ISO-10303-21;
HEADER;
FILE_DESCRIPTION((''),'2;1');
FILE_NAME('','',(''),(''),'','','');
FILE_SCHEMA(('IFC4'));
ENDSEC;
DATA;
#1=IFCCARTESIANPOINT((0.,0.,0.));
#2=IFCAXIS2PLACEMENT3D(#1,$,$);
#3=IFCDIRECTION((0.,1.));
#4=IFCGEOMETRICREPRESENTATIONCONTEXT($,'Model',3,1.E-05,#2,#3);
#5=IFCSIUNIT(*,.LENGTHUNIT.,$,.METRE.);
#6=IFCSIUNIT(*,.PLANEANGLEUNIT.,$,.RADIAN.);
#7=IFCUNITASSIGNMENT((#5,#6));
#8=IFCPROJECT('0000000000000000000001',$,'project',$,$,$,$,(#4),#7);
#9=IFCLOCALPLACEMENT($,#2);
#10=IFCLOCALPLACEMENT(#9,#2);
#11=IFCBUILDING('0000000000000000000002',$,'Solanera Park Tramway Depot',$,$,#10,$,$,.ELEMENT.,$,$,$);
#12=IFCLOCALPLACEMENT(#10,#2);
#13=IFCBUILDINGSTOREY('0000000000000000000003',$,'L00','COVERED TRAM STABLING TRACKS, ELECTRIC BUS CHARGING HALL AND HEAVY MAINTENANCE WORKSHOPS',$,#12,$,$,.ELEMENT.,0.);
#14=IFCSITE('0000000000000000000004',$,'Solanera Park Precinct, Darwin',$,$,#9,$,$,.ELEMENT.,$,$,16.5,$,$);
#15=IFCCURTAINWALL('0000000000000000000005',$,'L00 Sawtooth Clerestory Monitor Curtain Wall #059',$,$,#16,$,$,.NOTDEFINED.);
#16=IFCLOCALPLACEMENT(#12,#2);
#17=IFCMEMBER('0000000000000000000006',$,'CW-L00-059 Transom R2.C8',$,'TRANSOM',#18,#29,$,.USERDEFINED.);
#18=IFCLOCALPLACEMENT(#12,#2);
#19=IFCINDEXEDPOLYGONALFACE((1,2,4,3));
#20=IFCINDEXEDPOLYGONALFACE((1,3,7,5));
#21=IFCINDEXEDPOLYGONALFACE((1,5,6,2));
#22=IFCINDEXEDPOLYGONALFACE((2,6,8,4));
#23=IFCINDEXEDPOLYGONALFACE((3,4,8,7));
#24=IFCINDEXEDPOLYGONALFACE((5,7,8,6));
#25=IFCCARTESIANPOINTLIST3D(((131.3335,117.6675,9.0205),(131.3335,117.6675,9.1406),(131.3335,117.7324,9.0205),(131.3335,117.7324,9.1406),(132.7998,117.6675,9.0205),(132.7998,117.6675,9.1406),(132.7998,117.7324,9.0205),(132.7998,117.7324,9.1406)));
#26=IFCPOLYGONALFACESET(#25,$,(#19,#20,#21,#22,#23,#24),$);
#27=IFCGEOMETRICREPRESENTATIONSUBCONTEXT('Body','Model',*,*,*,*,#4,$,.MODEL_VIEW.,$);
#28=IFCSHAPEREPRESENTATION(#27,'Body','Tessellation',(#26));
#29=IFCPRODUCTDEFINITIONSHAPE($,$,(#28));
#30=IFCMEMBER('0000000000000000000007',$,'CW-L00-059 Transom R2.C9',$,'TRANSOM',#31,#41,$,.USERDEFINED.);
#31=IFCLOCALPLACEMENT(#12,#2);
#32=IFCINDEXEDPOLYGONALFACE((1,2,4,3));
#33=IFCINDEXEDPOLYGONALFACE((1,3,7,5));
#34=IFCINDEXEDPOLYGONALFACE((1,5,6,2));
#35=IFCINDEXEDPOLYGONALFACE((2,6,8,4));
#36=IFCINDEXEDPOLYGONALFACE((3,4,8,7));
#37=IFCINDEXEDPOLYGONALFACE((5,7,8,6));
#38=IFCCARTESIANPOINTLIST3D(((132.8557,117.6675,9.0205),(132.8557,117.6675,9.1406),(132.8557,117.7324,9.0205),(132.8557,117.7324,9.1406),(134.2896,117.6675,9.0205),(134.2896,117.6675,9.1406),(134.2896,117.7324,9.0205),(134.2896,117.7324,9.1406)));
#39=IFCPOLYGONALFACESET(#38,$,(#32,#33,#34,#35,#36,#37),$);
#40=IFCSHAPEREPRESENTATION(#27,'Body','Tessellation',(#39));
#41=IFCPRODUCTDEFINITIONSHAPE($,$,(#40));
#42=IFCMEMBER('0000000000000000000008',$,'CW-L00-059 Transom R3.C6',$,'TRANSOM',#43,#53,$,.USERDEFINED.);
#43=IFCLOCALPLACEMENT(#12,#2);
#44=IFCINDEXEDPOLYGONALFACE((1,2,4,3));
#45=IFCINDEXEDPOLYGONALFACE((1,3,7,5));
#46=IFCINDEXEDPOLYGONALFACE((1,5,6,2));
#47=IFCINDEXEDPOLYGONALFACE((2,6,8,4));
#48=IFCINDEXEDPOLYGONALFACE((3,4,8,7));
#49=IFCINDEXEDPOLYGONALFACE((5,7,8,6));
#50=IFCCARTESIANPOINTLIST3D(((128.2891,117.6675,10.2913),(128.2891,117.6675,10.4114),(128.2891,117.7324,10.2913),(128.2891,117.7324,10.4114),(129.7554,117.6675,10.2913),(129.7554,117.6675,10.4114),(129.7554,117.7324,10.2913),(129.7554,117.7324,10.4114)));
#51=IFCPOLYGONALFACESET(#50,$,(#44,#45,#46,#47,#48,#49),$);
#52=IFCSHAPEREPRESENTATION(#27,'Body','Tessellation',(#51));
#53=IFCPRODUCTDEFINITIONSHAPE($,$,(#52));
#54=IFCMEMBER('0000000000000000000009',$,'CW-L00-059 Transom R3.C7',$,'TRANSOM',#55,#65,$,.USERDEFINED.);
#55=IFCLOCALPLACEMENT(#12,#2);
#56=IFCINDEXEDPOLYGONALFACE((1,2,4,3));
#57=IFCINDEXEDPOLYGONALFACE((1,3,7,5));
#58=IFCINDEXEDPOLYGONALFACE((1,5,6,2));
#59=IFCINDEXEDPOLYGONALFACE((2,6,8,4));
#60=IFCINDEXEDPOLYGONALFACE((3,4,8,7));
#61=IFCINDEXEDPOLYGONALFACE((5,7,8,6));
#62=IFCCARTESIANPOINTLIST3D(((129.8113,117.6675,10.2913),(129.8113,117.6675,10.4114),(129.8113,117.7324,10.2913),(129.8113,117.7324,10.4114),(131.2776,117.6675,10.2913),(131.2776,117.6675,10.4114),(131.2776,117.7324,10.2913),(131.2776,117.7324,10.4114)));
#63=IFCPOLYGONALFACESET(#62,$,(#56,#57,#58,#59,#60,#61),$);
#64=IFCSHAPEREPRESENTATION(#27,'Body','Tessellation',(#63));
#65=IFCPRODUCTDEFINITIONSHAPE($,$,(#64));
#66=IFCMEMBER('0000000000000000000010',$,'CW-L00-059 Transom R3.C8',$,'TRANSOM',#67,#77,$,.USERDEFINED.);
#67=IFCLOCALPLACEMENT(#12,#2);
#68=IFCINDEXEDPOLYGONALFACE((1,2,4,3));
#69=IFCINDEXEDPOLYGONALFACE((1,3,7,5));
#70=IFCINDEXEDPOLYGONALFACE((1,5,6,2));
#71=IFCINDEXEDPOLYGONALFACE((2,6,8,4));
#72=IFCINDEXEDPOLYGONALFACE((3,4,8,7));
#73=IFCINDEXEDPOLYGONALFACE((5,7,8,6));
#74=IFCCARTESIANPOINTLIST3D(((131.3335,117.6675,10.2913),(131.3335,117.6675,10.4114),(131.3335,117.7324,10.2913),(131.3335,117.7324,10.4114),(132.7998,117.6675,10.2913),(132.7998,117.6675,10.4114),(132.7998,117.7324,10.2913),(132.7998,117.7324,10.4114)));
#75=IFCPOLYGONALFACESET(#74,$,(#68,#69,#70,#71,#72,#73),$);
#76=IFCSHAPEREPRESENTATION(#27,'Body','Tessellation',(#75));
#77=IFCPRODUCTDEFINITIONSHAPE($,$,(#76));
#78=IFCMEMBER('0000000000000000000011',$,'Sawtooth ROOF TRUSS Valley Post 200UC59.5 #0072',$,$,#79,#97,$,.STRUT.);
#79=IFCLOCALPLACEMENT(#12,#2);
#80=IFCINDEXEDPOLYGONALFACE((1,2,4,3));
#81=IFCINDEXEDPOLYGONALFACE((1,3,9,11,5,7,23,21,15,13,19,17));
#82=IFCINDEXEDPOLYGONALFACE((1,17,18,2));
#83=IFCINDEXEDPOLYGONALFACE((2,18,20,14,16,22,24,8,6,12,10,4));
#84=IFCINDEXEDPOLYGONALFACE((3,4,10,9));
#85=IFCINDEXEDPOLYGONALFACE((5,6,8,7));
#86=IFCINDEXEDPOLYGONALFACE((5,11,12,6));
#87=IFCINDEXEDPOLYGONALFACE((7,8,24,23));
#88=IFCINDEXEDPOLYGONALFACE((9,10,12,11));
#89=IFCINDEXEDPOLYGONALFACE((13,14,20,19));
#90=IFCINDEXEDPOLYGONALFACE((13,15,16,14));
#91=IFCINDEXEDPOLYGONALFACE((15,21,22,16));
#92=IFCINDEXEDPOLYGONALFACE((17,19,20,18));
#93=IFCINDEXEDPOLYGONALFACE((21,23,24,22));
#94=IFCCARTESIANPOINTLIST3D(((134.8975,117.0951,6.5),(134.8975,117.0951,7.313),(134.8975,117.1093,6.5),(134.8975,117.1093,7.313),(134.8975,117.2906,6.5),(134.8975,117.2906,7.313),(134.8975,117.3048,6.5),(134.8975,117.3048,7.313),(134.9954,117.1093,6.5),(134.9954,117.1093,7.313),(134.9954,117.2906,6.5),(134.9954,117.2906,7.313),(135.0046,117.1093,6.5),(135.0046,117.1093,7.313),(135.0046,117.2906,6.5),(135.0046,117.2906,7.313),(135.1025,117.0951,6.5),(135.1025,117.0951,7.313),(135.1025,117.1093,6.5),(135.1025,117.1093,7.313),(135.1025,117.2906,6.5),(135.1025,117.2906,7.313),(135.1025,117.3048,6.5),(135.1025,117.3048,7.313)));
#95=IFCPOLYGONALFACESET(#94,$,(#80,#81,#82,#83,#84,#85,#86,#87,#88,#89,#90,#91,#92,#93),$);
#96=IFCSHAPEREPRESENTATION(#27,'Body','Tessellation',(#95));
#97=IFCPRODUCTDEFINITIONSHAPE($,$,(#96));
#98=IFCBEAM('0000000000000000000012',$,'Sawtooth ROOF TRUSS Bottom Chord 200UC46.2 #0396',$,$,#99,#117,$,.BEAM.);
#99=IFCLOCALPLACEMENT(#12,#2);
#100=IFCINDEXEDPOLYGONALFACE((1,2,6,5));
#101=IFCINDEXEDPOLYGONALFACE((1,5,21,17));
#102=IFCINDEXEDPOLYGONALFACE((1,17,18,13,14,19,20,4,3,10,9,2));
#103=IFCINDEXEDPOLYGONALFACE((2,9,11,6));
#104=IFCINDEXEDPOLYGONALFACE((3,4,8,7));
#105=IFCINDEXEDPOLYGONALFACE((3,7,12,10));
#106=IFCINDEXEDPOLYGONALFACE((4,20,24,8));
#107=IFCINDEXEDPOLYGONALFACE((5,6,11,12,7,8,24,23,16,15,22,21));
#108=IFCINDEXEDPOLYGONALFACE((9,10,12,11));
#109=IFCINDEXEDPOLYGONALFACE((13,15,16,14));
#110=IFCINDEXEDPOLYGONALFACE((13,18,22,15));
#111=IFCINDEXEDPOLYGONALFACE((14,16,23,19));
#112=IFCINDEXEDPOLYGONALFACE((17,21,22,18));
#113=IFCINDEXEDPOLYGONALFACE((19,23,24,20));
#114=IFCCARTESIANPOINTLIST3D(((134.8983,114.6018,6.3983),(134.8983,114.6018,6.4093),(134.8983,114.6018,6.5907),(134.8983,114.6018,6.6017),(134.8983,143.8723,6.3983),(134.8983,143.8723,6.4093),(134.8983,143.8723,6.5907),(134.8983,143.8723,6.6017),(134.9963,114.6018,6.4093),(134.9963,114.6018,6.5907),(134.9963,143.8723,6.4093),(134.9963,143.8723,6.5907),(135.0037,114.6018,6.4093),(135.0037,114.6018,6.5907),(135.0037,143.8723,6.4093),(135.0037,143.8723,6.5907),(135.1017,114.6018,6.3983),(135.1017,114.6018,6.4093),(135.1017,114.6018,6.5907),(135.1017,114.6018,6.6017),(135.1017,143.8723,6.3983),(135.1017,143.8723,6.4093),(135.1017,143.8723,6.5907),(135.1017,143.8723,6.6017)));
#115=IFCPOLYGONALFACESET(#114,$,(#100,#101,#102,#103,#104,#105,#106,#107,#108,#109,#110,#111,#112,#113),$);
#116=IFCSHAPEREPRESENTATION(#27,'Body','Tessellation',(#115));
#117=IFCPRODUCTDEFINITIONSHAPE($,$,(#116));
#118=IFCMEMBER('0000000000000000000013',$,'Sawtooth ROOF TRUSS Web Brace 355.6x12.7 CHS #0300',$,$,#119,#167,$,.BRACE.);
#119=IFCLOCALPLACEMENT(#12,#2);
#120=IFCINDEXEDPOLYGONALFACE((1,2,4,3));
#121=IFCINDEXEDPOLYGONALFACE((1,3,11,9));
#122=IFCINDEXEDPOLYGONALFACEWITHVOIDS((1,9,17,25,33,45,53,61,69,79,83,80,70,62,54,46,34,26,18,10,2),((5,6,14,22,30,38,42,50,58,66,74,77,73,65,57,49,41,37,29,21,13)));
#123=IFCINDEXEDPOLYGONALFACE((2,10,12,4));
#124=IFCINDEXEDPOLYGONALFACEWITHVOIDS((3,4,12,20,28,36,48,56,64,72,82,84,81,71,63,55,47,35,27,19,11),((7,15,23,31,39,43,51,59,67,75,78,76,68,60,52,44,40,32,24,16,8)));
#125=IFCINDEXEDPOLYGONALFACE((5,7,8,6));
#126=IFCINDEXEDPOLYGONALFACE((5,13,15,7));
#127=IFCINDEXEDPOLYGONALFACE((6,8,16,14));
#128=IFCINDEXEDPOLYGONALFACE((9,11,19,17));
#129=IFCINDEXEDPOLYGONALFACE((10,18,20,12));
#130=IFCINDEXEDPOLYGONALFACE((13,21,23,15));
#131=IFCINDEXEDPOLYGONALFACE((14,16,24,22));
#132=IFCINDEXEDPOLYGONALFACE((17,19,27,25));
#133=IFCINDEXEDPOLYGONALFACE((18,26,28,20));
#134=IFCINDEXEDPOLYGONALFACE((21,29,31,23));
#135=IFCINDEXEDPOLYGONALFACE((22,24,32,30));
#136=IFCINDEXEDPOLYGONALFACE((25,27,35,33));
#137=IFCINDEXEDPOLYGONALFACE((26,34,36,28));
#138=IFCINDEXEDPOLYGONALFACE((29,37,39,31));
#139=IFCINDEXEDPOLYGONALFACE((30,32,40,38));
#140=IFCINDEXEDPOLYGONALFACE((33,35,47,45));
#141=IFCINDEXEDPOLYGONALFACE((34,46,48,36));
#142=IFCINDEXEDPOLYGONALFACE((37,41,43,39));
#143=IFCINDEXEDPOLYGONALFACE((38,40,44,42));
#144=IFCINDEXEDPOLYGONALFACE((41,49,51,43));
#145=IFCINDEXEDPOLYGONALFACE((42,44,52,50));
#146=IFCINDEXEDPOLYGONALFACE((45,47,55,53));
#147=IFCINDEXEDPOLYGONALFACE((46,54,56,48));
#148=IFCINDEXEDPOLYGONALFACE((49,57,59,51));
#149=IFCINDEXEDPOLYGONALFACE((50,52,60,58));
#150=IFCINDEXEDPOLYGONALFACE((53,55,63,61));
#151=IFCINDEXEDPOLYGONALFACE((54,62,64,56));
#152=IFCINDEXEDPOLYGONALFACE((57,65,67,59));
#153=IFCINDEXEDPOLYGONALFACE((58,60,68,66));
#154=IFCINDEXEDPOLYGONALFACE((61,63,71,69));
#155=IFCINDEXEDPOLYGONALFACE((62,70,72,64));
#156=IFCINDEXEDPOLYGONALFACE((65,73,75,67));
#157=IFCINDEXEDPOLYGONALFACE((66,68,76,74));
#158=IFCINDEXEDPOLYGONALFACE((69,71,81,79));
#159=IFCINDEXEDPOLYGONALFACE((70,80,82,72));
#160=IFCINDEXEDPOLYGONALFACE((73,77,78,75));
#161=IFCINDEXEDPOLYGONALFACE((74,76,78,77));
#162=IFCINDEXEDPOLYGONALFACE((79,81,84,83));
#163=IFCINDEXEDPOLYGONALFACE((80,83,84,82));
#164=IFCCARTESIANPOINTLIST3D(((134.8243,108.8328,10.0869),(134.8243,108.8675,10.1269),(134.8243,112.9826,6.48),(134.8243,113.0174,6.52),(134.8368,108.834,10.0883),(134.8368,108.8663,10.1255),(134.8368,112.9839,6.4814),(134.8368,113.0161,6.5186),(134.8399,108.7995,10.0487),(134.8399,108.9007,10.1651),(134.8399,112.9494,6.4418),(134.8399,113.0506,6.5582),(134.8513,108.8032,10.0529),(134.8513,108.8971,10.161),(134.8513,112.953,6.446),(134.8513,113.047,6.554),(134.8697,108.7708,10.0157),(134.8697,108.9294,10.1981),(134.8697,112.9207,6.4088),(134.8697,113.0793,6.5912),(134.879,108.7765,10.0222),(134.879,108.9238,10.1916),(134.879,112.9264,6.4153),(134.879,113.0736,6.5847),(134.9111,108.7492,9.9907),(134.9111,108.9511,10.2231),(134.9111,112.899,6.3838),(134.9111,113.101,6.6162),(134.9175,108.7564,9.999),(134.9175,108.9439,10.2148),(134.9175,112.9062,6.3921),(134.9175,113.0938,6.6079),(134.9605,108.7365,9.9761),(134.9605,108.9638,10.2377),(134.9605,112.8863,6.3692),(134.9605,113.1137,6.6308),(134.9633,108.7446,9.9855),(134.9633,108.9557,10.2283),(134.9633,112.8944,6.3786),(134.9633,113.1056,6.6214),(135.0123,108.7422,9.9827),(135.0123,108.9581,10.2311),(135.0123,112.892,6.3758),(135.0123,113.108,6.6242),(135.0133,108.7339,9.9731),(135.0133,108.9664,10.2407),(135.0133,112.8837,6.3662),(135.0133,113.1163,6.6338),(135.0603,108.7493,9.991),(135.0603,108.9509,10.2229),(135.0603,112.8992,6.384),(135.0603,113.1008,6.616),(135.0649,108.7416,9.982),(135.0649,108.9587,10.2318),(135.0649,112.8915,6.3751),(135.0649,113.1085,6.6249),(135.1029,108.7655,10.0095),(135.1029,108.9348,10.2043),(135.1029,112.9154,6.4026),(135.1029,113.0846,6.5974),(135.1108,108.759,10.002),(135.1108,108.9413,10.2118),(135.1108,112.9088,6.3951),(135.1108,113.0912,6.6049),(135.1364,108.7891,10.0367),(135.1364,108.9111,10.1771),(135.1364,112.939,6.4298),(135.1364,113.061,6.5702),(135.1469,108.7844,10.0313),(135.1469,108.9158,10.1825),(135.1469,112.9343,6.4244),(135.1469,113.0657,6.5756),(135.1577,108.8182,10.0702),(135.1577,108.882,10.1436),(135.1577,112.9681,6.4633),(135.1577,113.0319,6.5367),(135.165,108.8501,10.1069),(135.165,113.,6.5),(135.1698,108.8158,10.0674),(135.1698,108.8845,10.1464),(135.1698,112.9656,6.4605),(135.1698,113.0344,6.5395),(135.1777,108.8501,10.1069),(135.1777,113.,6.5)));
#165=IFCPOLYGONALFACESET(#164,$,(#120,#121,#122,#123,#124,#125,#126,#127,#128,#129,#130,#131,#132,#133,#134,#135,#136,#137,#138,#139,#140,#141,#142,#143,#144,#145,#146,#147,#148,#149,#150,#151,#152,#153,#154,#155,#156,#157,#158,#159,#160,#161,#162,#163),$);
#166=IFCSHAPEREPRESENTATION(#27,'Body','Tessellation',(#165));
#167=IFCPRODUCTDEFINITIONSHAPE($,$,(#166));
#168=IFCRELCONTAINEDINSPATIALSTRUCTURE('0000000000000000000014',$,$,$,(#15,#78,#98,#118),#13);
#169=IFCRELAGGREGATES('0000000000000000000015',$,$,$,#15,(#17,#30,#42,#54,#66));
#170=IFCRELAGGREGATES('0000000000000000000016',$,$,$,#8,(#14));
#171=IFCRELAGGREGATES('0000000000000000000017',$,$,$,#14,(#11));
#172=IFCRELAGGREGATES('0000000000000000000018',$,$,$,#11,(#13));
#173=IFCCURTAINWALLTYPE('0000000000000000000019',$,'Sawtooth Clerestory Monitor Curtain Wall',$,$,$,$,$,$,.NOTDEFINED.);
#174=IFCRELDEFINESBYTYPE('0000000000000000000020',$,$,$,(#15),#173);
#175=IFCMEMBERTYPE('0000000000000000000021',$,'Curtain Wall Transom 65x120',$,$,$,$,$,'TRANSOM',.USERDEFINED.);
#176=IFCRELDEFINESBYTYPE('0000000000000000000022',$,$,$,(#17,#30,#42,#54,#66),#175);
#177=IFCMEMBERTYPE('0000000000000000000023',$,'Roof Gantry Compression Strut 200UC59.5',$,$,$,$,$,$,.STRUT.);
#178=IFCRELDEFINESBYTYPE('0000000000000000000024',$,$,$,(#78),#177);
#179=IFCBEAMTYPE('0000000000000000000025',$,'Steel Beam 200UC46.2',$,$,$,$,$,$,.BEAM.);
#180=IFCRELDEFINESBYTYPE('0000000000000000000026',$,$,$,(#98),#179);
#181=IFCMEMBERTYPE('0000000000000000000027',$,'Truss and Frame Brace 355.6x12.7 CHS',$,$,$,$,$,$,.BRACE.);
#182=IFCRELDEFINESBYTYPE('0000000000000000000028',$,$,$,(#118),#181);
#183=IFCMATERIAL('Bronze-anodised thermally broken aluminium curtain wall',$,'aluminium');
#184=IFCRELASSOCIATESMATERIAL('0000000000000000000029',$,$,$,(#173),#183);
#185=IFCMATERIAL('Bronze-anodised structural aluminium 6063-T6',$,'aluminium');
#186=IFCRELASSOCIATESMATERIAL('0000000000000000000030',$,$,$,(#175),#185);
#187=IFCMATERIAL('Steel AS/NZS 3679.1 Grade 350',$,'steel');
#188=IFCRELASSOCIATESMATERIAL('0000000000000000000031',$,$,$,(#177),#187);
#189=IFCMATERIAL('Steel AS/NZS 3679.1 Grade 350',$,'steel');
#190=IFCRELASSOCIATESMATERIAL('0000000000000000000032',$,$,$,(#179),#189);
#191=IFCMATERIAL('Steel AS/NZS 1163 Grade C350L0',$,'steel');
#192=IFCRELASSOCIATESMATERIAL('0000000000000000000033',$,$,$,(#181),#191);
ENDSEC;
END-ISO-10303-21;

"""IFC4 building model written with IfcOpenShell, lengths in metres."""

from ifc_helpers import new_model, si_unit, direction, frame, origin, origin_2d, place, context, subcontext, project, spatial, rectangle, hollow_circle, i_section, extrude, material, material_profile, profile_set, type_object, element, aggregate, save


model = new_model("IFC4")

# Units and contexts
model_context = context("Model", 3, precision=1e-05, world=origin(), true_north=direction((0.0, 1.0)))
body_context = subcontext(model_context, "Body", "Model", "MODEL_VIEW")
ifc_project = project(units=[si_unit("LENGTHUNIT", "METRE"), si_unit("PLANEANGLEUNIT", "RADIAN")], contexts=[model_context])

# Site, building, storey
site_placement = place(None, origin())
site = spatial("IfcSite", under=ifc_project, at=site_placement, Name="Solanera Park Precinct, Darwin", CompositionType="ELEMENT", RefElevation=16.5)
building_placement = place(site_placement, origin())
building = spatial("IfcBuilding", under=site, at=building_placement, Name="Solanera Park Tramway Depot", CompositionType="ELEMENT")
storey_placement = place(building_placement, origin())
storey = spatial("IfcBuildingStorey", under=building, at=storey_placement, Name="L00", Description="COVERED TRAM STABLING TRACKS, ELECTRIC BUS CHARGING HALL AND HEAVY MAINTENANCE WORKSHOPS", CompositionType="ELEMENT", Elevation=0.0)

# Curtain wall, members
ifc_material_1 = material(Name="Bronze-anodised thermally broken aluminium curtain wall", Category="aluminium")
curtain_wall_type = type_object("IfcCurtainWallType", Name="Sawtooth Clerestory Monitor Curtain Wall", PredefinedType="NOTDEFINED", material=ifc_material_1)
curtain_wall_placement = place(storey_placement, origin())
curtain_wall = element("IfcCurtainWall", 1, at=curtain_wall_placement, inside=storey, type_object=curtain_wall_type, Name="L00 Sawtooth Clerestory Monitor Curtain Wall #059", PredefinedType="NOTDEFINED")
ifc_material_2 = material(Name="Bronze-anodised structural aluminium 6063-T6", Category="aluminium")
ifc_material_profile_1 = material_profile(ifc_material_2, rectangle(XDim=0.0649, YDim=0.1201, at=origin_2d()), Name="Curtain Wall Transom 65x120")
ifc_profile_set_1 = profile_set([ifc_material_profile_1], Name="Bronze-anodised structural aluminium 6063-T6")
member_type_1 = type_object("IfcMemberType", Name="Curtain Wall Transom 65x120", ElementType="TRANSOM", PredefinedType="USERDEFINED", material=ifc_profile_set_1)
member_1_placement = place(storey_placement, frame((131.3335, 117.7, 9.0806), z_axis=(1.0, 0.0, 0.0), x_axis=(0.0, 1.0, 0.0)))
member_1 = element("IfcMember", 2, at=member_1_placement, type_object=member_type_1, Name="CW-L00-059 Transom R2.C8", ObjectType="TRANSOM", PredefinedType="USERDEFINED", context=body_context, shape_type="SweptSolid", body=[
    extrude(rectangle(XDim=0.0649, YDim=0.1201, at=origin_2d()), origin(), (0.0, 0.0, 1.0), 1.4663),
])
member_2_placement = place(storey_placement, frame((132.8557, 117.7, 9.0806), z_axis=(1.0, 0.0, 0.0), x_axis=(0.0, 1.0, 0.0)))
member_2 = element("IfcMember", 3, at=member_2_placement, type_object=member_type_1, Name="CW-L00-059 Transom R2.C9", ObjectType="TRANSOM", PredefinedType="USERDEFINED", context=body_context, shape_type="SweptSolid", body=[
    extrude(rectangle(XDim=0.0649, YDim=0.1201, at=origin_2d()), origin(), (0.0, 0.0, 1.0), 1.4338),
])
member_3_placement = place(storey_placement, frame((128.2891, 117.7, 10.3513), z_axis=(1.0, 0.0, 0.0), x_axis=(0.0, 1.0, 0.0)))
member_3 = element("IfcMember", 4, at=member_3_placement, type_object=member_type_1, Name="CW-L00-059 Transom R3.C6", ObjectType="TRANSOM", PredefinedType="USERDEFINED", context=body_context, shape_type="SweptSolid", body=[
    extrude(rectangle(XDim=0.0649, YDim=0.1201, at=origin_2d()), origin(), (0.0, 0.0, 1.0), 1.4663),
])
member_4_placement = place(storey_placement, frame((129.8113, 117.7, 10.3513), z_axis=(1.0, 0.0, 0.0), x_axis=(0.0, 1.0, 0.0)))
member_4 = element("IfcMember", 5, at=member_4_placement, type_object=member_type_1, Name="CW-L00-059 Transom R3.C7", ObjectType="TRANSOM", PredefinedType="USERDEFINED", context=body_context, shape_type="SweptSolid", body=[
    extrude(rectangle(XDim=0.0649, YDim=0.1201, at=origin_2d()), origin(), (0.0, 0.0, 1.0), 1.4663),
])
member_5_placement = place(storey_placement, frame((131.3335, 117.7, 10.3513), z_axis=(1.0, 0.0, 0.0), x_axis=(0.0, 1.0, 0.0)))
member_5 = element("IfcMember", 6, at=member_5_placement, type_object=member_type_1, Name="CW-L00-059 Transom R3.C8", ObjectType="TRANSOM", PredefinedType="USERDEFINED", context=body_context, shape_type="SweptSolid", body=[
    extrude(rectangle(XDim=0.0649, YDim=0.1201, at=origin_2d()), origin(), (0.0, 0.0, 1.0), 1.4663),
])

# Member
ifc_material_3 = material(Name="Steel AS/NZS 3679.1 Grade 350", Category="steel")
ifc_material_profile_2 = material_profile(ifc_material_3, i_section(OverallWidth=0.2051, OverallDepth=0.2097, WebThickness=0.0093, FlangeThickness=0.0142, at=origin_2d()), Name="200UC59.5")
ifc_profile_set_2 = profile_set([ifc_material_profile_2], Name="Steel AS/NZS 3679.1 Grade 350")
member_type_2 = type_object("IfcMemberType", Name="Roof Gantry Compression Strut 200UC59.5", PredefinedType="STRUT", material=ifc_profile_set_2)
member_6_placement = place(storey_placement, frame((135.0, 117.2, 6.5), z_axis=(0.0, 0.0, 1.0), x_axis=(1.0, 0.0, 0.0)))
element("IfcMember", 7, at=member_6_placement, inside=storey, type_object=member_type_2, Name="Sawtooth ROOF TRUSS Valley Post 200UC59.5 #0072", PredefinedType="STRUT", context=body_context, shape_type="SweptSolid", body=[
    extrude(i_section(OverallWidth=0.2051, OverallDepth=0.2097, WebThickness=0.0093, FlangeThickness=0.0142, at=origin_2d()), origin(), (0.0, 0.0, 1.0), 0.813),
])

# Beam
ifc_material_4 = material(Name="Steel AS/NZS 3679.1 Grade 350", Category="steel")
ifc_material_profile_3 = material_profile(ifc_material_4, i_section(OverallWidth=0.2034, OverallDepth=0.2034, WebThickness=0.0073, FlangeThickness=0.011, at=origin_2d()), Name="200UC46.2")
ifc_profile_set_3 = profile_set([ifc_material_profile_3], Name="Steel AS/NZS 3679.1 Grade 350")
beam_type = type_object("IfcBeamType", Name="Steel Beam 200UC46.2", PredefinedType="BEAM", material=ifc_profile_set_3)
beam_placement = place(storey_placement, frame((135.0, 114.6018, 6.5), z_axis=(0.0, 1.0, 0.0), x_axis=(-1.0, 0.0, 0.0)))
element("IfcBeam", 8, at=beam_placement, inside=storey, type_object=beam_type, Name="Sawtooth ROOF TRUSS Bottom Chord 200UC46.2 #0396", PredefinedType="BEAM", context=body_context, shape_type="SweptSolid", body=[
    extrude(i_section(OverallWidth=0.2034, OverallDepth=0.2034, WebThickness=0.0073, FlangeThickness=0.011, at=origin_2d()), origin(), (0.0, 0.0, 1.0), 29.2705),
])

# Member
ifc_material_5 = material(Name="Steel AS/NZS 1163 Grade C350L0", Category="steel")
ifc_material_profile_4 = material_profile(ifc_material_5, hollow_circle(Radius=0.1777, WallThickness=0.0127, at=origin_2d()), Name="355.6x12.7 CHS")
ifc_profile_set_4 = profile_set([ifc_material_profile_4], Name="Steel AS/NZS 1163 Grade C350L0")
member_type_3 = type_object("IfcMemberType", Name="Truss and Frame Brace 355.6x12.7 CHS", PredefinedType="BRACE", material=ifc_profile_set_4)
member_7_placement = place(storey_placement, frame((135.0, 113.0, 6.5), z_axis=(0.0, -0.754757, 0.656005), x_axis=(1.0, 0.0, 0.0)))
element("IfcMember", 9, at=member_7_placement, inside=storey, type_object=member_type_3, Name="Sawtooth ROOF TRUSS Web Brace 355.6x12.7 CHS #0300", PredefinedType="BRACE", context=body_context, shape_type="SweptSolid", body=[
    extrude(hollow_circle(Radius=0.1777, WallThickness=0.0127, at=origin_2d()), origin(), (0.0, 0.0, 1.0), 5.4983),
])

aggregate(curtain_wall, [member_1, member_2, member_3, member_4, member_5])

save(model, "model.ifc")
